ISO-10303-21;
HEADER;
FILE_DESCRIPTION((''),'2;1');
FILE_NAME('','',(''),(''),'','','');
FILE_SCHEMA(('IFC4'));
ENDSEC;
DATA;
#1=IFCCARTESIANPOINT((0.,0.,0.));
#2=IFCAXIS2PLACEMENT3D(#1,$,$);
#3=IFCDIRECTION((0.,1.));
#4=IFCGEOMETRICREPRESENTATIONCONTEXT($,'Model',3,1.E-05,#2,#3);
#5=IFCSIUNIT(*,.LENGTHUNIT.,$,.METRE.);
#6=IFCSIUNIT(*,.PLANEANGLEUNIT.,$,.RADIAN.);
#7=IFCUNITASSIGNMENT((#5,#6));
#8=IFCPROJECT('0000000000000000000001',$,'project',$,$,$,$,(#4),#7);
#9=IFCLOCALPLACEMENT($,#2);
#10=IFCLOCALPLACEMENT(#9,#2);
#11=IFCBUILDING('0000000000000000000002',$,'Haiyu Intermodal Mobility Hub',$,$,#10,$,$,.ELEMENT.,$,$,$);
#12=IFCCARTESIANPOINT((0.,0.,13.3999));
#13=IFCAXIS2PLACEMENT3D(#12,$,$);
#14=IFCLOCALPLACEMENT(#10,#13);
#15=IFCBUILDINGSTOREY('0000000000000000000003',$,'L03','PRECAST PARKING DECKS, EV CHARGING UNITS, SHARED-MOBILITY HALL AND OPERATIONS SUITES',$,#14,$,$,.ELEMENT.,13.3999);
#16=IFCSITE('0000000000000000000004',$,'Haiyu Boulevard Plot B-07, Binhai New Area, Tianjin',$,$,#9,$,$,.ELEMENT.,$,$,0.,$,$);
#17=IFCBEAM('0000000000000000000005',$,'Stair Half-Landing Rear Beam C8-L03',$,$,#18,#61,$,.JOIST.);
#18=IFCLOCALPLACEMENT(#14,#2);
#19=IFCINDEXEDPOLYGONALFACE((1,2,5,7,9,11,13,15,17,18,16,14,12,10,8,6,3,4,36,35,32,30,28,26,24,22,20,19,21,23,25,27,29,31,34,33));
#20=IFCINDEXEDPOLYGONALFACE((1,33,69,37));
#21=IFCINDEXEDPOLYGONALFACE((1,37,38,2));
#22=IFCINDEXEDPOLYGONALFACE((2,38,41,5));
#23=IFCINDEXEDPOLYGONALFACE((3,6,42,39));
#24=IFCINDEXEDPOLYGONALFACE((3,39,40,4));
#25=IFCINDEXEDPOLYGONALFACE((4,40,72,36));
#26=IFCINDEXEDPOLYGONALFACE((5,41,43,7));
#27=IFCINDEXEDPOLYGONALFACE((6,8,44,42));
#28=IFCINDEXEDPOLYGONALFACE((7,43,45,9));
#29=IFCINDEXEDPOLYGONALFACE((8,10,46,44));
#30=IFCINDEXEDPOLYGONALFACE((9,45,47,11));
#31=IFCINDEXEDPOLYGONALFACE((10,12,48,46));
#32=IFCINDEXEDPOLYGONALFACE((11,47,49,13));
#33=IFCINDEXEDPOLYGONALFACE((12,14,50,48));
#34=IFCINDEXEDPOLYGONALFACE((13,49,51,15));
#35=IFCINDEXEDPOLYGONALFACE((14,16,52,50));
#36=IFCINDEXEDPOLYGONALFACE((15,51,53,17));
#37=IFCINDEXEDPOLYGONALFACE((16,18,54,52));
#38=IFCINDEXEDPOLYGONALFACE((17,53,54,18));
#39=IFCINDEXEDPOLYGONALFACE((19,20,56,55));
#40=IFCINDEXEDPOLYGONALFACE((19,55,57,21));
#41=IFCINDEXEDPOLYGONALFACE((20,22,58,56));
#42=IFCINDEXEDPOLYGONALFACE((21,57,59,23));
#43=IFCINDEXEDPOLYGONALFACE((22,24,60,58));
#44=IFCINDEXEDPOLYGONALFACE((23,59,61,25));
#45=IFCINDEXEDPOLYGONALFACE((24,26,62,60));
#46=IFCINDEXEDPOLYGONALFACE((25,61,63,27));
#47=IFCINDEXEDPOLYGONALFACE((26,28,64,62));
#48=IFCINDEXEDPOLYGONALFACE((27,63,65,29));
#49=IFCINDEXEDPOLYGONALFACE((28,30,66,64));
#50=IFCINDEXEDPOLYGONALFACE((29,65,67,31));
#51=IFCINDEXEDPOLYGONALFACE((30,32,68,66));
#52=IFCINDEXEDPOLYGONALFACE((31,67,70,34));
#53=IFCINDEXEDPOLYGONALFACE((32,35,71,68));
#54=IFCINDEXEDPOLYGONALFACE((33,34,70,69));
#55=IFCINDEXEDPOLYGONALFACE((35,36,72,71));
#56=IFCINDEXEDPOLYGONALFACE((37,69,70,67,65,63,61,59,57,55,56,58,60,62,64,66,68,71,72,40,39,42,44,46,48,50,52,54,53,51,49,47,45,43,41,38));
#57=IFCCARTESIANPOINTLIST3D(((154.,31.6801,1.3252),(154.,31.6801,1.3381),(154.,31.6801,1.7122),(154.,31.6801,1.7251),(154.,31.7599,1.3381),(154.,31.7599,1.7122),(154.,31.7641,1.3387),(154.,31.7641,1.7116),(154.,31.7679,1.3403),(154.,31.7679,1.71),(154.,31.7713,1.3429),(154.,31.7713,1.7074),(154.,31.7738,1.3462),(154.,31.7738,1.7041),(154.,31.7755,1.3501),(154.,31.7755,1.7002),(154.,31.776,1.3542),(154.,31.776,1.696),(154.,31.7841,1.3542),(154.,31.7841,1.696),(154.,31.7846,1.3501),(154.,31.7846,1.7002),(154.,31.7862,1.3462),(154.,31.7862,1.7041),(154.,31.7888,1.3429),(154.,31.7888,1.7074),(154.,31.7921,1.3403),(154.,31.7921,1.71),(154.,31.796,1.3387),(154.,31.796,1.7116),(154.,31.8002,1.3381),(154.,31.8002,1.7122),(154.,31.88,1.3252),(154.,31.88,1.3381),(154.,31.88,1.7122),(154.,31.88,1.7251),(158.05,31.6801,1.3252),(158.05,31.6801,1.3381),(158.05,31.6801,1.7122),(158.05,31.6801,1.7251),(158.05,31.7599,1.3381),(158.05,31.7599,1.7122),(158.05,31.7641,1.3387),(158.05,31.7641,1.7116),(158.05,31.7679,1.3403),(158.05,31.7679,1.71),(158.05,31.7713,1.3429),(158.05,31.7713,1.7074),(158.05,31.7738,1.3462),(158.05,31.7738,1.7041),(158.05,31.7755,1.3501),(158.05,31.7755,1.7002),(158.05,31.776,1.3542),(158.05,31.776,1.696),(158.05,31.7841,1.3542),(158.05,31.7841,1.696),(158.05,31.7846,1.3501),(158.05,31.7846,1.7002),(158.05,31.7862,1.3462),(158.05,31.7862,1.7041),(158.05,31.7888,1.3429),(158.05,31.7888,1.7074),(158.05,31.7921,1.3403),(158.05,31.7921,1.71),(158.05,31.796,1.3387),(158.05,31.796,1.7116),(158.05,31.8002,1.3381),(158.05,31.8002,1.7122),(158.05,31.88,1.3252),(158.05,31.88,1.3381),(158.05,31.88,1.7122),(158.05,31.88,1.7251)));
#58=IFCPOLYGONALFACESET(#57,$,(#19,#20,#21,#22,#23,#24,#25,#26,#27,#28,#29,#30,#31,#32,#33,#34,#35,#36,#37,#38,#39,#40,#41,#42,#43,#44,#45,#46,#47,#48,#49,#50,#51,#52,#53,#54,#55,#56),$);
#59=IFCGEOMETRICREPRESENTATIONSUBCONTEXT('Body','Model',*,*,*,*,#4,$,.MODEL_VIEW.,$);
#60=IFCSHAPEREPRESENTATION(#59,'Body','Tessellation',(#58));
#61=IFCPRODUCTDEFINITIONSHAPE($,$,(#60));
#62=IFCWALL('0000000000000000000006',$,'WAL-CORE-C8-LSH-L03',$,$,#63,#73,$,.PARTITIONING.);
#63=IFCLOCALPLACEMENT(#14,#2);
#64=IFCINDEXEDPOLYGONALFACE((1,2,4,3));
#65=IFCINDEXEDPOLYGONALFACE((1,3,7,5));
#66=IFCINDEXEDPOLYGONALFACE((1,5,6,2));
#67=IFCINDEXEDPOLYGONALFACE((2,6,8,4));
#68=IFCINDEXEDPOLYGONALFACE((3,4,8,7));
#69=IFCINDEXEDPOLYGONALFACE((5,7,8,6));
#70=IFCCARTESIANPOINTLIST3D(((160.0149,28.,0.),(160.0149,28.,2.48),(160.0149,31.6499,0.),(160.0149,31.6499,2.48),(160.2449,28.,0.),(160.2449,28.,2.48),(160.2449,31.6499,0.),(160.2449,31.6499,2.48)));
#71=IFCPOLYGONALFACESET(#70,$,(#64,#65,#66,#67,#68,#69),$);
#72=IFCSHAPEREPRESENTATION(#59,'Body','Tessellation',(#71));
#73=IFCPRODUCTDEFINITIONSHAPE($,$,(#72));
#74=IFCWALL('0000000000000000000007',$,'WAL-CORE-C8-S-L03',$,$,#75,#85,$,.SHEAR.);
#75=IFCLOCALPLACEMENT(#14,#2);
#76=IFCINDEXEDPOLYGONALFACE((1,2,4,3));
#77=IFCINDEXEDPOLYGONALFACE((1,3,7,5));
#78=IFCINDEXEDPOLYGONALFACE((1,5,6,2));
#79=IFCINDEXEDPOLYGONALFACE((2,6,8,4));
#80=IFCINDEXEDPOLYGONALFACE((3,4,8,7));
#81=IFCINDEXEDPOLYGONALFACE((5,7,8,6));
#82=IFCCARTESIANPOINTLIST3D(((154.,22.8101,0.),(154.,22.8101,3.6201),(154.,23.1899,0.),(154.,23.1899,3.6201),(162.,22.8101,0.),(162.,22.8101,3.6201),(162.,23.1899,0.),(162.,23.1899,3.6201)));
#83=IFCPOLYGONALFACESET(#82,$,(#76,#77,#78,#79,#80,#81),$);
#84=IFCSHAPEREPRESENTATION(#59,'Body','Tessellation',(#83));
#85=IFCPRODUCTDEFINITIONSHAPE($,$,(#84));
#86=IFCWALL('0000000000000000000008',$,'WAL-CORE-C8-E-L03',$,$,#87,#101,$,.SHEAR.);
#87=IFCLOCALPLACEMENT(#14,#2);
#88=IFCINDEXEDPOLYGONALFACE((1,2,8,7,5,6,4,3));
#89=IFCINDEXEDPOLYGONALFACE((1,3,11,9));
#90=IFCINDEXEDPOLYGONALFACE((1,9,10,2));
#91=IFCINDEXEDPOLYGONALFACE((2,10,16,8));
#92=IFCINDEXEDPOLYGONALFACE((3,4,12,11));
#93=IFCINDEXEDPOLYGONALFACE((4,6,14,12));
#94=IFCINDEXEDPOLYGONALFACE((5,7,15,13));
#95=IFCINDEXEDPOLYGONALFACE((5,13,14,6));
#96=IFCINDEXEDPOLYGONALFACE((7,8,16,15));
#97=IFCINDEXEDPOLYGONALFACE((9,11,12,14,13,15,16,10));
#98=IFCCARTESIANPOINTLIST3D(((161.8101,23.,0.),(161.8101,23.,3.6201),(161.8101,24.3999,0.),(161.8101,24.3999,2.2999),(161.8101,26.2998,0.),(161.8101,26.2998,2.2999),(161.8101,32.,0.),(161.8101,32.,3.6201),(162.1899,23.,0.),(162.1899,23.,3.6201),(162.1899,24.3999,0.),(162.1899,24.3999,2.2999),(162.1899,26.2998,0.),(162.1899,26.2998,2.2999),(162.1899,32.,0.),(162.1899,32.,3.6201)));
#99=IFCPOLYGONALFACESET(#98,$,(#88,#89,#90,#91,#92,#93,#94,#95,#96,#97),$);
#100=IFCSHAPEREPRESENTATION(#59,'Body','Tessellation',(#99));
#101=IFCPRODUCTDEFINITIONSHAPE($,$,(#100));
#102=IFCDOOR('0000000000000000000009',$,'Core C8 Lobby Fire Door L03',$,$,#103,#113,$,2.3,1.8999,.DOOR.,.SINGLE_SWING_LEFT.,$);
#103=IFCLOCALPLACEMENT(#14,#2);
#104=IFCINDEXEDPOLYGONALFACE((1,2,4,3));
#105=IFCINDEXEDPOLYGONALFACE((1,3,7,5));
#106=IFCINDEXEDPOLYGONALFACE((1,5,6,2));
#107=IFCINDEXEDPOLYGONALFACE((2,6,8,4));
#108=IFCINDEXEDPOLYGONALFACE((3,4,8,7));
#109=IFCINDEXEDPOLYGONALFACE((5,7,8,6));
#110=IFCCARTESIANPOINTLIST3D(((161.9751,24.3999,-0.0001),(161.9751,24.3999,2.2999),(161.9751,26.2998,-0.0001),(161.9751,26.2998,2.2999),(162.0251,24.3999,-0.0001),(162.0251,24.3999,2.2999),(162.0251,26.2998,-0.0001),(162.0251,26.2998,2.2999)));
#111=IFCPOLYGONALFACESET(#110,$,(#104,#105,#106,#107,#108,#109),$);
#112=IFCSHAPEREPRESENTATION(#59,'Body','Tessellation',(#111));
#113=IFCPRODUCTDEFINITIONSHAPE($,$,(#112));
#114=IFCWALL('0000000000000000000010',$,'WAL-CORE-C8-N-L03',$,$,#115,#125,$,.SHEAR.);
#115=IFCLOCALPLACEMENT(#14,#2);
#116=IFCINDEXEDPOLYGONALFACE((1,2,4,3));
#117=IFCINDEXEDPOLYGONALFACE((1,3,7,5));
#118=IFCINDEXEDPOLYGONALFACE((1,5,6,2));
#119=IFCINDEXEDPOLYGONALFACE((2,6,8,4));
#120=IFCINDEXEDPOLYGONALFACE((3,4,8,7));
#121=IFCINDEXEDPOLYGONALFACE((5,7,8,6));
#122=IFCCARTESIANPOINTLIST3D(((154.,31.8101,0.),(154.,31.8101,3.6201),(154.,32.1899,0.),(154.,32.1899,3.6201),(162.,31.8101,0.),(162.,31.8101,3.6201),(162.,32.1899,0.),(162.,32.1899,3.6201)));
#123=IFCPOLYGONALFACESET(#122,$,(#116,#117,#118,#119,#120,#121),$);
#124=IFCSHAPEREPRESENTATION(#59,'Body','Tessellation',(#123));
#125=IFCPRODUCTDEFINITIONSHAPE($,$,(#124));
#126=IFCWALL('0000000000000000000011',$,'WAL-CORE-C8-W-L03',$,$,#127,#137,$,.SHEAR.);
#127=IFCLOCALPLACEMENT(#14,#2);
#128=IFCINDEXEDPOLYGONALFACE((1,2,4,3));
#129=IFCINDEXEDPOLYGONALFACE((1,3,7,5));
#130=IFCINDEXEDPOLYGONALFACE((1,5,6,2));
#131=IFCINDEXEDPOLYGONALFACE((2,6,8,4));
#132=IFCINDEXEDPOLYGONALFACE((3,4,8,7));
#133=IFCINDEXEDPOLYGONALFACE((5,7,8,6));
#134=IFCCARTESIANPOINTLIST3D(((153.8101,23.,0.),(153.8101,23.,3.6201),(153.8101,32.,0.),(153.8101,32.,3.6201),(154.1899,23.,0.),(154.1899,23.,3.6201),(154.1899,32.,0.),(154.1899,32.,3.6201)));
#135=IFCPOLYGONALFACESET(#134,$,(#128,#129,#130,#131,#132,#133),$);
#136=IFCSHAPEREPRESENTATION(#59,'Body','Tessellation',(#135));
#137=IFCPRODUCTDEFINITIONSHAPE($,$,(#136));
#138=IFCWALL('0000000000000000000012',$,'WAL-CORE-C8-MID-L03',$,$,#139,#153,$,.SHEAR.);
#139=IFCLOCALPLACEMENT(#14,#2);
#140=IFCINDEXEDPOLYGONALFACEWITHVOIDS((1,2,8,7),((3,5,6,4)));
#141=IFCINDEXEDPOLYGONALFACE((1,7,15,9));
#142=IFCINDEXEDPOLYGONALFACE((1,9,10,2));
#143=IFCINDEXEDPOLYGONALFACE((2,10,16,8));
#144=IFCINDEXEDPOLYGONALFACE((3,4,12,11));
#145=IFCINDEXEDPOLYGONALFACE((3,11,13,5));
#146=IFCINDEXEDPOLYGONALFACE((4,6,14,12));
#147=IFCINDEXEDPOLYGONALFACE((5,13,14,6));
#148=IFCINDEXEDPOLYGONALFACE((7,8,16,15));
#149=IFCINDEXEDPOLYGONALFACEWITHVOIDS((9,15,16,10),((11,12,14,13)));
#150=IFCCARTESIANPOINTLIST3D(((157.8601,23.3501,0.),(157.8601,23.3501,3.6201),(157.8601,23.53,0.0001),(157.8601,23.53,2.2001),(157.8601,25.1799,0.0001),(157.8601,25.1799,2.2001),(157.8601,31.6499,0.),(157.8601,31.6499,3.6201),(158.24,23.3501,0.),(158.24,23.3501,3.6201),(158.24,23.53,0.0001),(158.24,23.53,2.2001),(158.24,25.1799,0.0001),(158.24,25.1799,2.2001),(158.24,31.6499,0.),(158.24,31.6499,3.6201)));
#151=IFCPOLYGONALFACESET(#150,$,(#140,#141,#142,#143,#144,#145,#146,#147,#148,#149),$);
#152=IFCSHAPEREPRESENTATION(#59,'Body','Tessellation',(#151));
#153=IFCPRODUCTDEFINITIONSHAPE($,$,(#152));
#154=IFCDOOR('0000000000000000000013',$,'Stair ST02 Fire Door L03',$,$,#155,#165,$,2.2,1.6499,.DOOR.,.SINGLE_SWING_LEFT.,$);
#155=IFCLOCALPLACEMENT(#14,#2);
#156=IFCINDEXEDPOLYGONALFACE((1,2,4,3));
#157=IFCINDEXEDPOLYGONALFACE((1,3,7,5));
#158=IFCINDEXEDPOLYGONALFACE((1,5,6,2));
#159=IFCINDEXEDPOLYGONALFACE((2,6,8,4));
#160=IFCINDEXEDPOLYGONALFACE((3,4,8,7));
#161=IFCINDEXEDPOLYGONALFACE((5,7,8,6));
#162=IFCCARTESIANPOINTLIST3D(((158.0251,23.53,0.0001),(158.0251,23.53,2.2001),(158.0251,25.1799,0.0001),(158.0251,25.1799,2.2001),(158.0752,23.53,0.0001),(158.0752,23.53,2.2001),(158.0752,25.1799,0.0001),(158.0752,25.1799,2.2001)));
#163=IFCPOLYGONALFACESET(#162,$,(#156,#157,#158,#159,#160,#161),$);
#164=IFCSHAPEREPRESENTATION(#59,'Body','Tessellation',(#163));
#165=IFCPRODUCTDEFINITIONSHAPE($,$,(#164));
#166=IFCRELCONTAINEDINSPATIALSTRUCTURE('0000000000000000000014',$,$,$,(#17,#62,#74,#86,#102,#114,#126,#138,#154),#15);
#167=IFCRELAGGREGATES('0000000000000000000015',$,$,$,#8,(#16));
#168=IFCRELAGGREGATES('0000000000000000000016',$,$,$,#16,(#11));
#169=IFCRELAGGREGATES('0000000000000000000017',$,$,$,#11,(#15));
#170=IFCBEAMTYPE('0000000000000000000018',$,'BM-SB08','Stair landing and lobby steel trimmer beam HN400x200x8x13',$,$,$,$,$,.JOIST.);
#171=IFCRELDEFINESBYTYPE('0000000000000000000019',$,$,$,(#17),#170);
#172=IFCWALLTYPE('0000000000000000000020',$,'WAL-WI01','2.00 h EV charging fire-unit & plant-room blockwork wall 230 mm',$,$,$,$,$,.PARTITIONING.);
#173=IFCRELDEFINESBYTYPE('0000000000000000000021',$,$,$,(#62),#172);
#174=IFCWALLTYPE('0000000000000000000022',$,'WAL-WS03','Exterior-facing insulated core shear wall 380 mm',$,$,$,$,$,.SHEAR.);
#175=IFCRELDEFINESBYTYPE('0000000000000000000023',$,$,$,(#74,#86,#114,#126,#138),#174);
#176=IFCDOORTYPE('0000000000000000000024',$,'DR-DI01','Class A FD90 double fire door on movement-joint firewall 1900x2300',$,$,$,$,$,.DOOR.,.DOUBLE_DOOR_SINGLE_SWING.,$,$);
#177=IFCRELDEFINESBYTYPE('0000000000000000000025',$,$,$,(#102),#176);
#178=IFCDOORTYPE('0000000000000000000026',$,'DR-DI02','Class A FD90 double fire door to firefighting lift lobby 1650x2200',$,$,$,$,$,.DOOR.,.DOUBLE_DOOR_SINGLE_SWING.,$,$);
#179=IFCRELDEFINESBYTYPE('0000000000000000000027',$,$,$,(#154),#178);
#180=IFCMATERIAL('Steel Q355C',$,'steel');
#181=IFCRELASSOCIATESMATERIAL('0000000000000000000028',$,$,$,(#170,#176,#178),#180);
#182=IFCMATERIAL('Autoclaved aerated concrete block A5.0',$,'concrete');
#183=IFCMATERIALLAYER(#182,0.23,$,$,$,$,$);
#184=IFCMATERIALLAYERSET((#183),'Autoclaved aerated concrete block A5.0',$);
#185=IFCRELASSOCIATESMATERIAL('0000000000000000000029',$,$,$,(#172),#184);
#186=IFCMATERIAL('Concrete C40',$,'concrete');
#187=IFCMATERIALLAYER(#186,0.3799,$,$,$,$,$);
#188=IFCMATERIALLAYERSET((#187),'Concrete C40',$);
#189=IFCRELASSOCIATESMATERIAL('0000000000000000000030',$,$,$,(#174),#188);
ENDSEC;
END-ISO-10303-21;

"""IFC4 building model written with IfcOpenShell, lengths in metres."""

from ifc_helpers import new_model, si_unit, direction, frame, frame_2d, origin, origin_2d, place, context, subcontext, project, spatial, rectangle, i_section, extrude, material, layer, layer_set, material_profile, profile_set, type_object, element, fill, save


model = new_model("IFC4")

# Units and contexts
model_context = context("Model", 3, precision=1e-05, world=origin(), true_north=direction((0.0, 1.0)))
body_context = subcontext(model_context, "Body", "Model", "MODEL_VIEW")
ifc_project = project(units=[si_unit("LENGTHUNIT", "METRE"), si_unit("PLANEANGLEUNIT", "RADIAN")], contexts=[model_context])

# Site, building, storey
site_placement = place(None, origin())
site = spatial("IfcSite", under=ifc_project, at=site_placement, Name="Haiyu Boulevard Plot B-07, Binhai New Area, Tianjin", CompositionType="ELEMENT", RefElevation=0.0)
building_placement = place(site_placement, origin())
building = spatial("IfcBuilding", under=site, at=building_placement, Name="Haiyu Intermodal Mobility Hub", CompositionType="ELEMENT")
storey_placement = place(building_placement, frame((0.0, 0.0, 13.3999)))
storey = spatial("IfcBuildingStorey", under=building, at=storey_placement, Name="L03", Description="PRECAST PARKING DECKS, EV CHARGING UNITS, SHARED-MOBILITY HALL AND OPERATIONS SUITES", CompositionType="ELEMENT", Elevation=13.3999)

# Shared definitions
ifc_material_1 = material(Name="Concrete C40", Category="concrete")

# Beam
ifc_material_2 = material(Name="Steel Q355C", Category="steel")
ifc_material_profile_1 = material_profile(ifc_material_2, i_section(OverallWidth=0.2, OverallDepth=0.3999, WebThickness=0.0081, FlangeThickness=0.0129, FilletRadius=0.0161, at=origin_2d()), Name="HN400x200x8x13")
ifc_profile_set_1 = profile_set([ifc_material_profile_1], Name="Steel Q355C")
beam_type_1 = type_object("IfcBeamType", Name="BM-SB08", Description="Stair landing and lobby steel trimmer beam HN400x200x8x13", PredefinedType="JOIST", material=ifc_profile_set_1)
for number, where, z_axis, x_axis, name in (
    (1, (154.0, 31.78, 1.5251), (1.0, 0.0, 0.0), (0.0, 1.0, 0.0), "Stair Half-Landing Rear Beam C8-L03"),
):
    element("IfcBeam", number, at=place(storey_placement, frame(where, z_axis=z_axis, x_axis=x_axis)), inside=storey, type_object=beam_type_1, Name=name, PredefinedType="JOIST", context=body_context, shape_type="SweptSolid", body=[
        extrude(i_section(OverallWidth=0.2, OverallDepth=0.3999, WebThickness=0.0081, FlangeThickness=0.0129, FilletRadius=0.0161, at=origin_2d()), origin(), (0.0, 0.0, 1.0), 4.05),
    ])

# Wall
ifc_material_3 = material(Name="Autoclaved aerated concrete block A5.0", Category="concrete")
ifc_layer_1 = layer(ifc_material_3, 0.23)
ifc_layer_set_1 = layer_set([ifc_layer_1], Name="Autoclaved aerated concrete block A5.0")
wall_type_1 = type_object("IfcWallType", Name="WAL-WI01", Description="2.00 h EV charging fire-unit & plant-room blockwork wall 230 mm", PredefinedType="PARTITIONING", material=ifc_layer_set_1)
wall_1_placement = place(storey_placement, frame((160.1299, 28.0, 0.0), z_axis=(0.0, 0.0, 1.0), x_axis=(0.0, 1.0, 0.0)))
element("IfcWall", 2, at=wall_1_placement, inside=storey, type_object=wall_type_1, Name="WAL-CORE-C8-LSH-L03", PredefinedType="PARTITIONING", context=body_context, shape_type="SweptSolid", body=[
    extrude(rectangle(XDim=3.6499, YDim=0.23, at=frame_2d((1.825, 0.0))), origin(), (0.0, 0.0, 1.0), 2.48),
])

# Wall
ifc_layer_2 = layer(ifc_material_1, 0.3799)
ifc_layer_set_2 = layer_set([ifc_layer_2], Name="Concrete C40")
wall_type_2 = type_object("IfcWallType", Name="WAL-WS03", Description="Exterior-facing insulated core shear wall 380 mm", PredefinedType="SHEAR", material=ifc_layer_set_2)
wall_2_placement = place(storey_placement, frame((154.0, 23.0, 0.0), z_axis=(0.0, 0.0, 1.0), x_axis=(1.0, 0.0, 0.0)))
element("IfcWall", 3, at=wall_2_placement, inside=storey, type_object=wall_type_2, Name="WAL-CORE-C8-S-L03", PredefinedType="SHEAR", context=body_context, shape_type="SweptSolid", body=[
    extrude(rectangle(XDim=8.0, YDim=0.3799, at=frame_2d((4.0, 0.0))), origin(), (0.0, 0.0, 1.0), 3.6201),
])

# Wall, opening, door
wall_3_placement = place(storey_placement, frame((162.0, 23.0, 0.0), z_axis=(0.0, 0.0, 1.0), x_axis=(0.0, 1.0, 0.0)))
wall_3 = element("IfcWall", 4, at=wall_3_placement, inside=storey, type_object=wall_type_2, Name="WAL-CORE-C8-E-L03", PredefinedType="SHEAR", context=body_context, shape_type="SweptSolid", body=[
    extrude(rectangle(XDim=9.0, YDim=0.3799, at=frame_2d((4.5, 0.0))), origin(), (0.0, 0.0, 1.0), 3.6201),
])
opening_1_placement = place(wall_3_placement, frame((1.3999, 0.0, 0.0)))
opening_1 = element("IfcOpeningElement", 5, at=opening_1_placement, cuts=wall_3, PredefinedType="OPENING", context=body_context, shape_type="SweptSolid", body=[
    extrude(rectangle(XDim=1.8999, YDim=2.3, at=frame_2d((0.95, 1.1499))), frame((0.0, 0.2, 0.0), z_axis=(0.0, -1.0, 0.0), x_axis=(1.0, 0.0, 0.0)), (0.0, 0.0, 1.0), 0.3999),
])
door_type_1 = type_object("IfcDoorType", Name="DR-DI01", Description="Class A FD90 double fire door on movement-joint firewall 1900x2300", OperationType="DOUBLE_DOOR_SINGLE_SWING", PredefinedType="DOOR", material=ifc_material_2)
door_1_placement = place(opening_1_placement, origin())
door_1 = element("IfcDoor", 6, at=door_1_placement, inside=storey, type_object=door_type_1, Name="Core C8 Lobby Fire Door L03", OperationType="SINGLE_SWING_LEFT", OverallHeight=2.3, OverallWidth=1.8999, PredefinedType="DOOR", context=body_context, shape_type="SweptSolid", body=[
    extrude(rectangle(XDim=1.8999, YDim=2.3, at=frame_2d((0.95, 1.1499))), frame((0.0, 0.0249, 0.0), z_axis=(0.0, -1.0, 0.0), x_axis=(1.0, 0.0, 0.0)), (0.0, 0.0, 1.0), 0.05),
])
fill(opening_1, door_1)

# Walls
wall_4_placement = place(storey_placement, frame((162.0, 32.0, 0.0), z_axis=(0.0, 0.0, 1.0), x_axis=(-1.0, 0.0, 0.0)))
element("IfcWall", 7, at=wall_4_placement, inside=storey, type_object=wall_type_2, Name="WAL-CORE-C8-N-L03", PredefinedType="SHEAR", context=body_context, shape_type="SweptSolid", body=[
    extrude(rectangle(XDim=8.0, YDim=0.3799, at=frame_2d((4.0, 0.0))), origin(), (0.0, 0.0, 1.0), 3.6201),
])
wall_5_placement = place(storey_placement, frame((154.0, 32.0, 0.0), z_axis=(0.0, 0.0, 1.0), x_axis=(0.0, -1.0, 0.0)))
element("IfcWall", 8, at=wall_5_placement, inside=storey, type_object=wall_type_2, Name="WAL-CORE-C8-W-L03", PredefinedType="SHEAR", context=body_context, shape_type="SweptSolid", body=[
    extrude(rectangle(XDim=9.0, YDim=0.3799, at=frame_2d((4.5, 0.0))), origin(), (0.0, 0.0, 1.0), 3.6201),
])

# Wall, opening, door
wall_6_placement = place(storey_placement, frame((158.05, 23.3501, 0.0), z_axis=(0.0, 0.0, 1.0), x_axis=(0.0, 1.0, 0.0)))
wall_6 = element("IfcWall", 9, at=wall_6_placement, inside=storey, type_object=wall_type_2, Name="WAL-CORE-C8-MID-L03", PredefinedType="SHEAR", context=body_context, shape_type="SweptSolid", body=[
    extrude(rectangle(XDim=8.2998, YDim=0.3799, at=frame_2d((4.1499, 0.0))), origin(), (0.0, 0.0, 1.0), 3.6201),
])
opening_2_placement = place(wall_6_placement, frame((0.1799, 0.0, 0.0)))
opening_2 = element("IfcOpeningElement", 10, at=opening_2_placement, cuts=wall_6, PredefinedType="OPENING", context=body_context, shape_type="SweptSolid", body=[
    extrude(rectangle(XDim=1.6499, YDim=2.2, at=frame_2d((0.825, 1.1001))), frame((0.0, 0.2, 0.0), z_axis=(0.0, -1.0, 0.0), x_axis=(1.0, 0.0, 0.0)), (0.0, 0.0, 1.0), 0.3999),
])
door_type_2 = type_object("IfcDoorType", Name="DR-DI02", Description="Class A FD90 double fire door to firefighting lift lobby 1650x2200", OperationType="DOUBLE_DOOR_SINGLE_SWING", PredefinedType="DOOR", material=ifc_material_2)
door_2_placement = place(opening_2_placement, origin())
door_2 = element("IfcDoor", 11, at=door_2_placement, inside=storey, type_object=door_type_2, Name="Stair ST02 Fire Door L03", OperationType="SINGLE_SWING_LEFT", OverallHeight=2.2, OverallWidth=1.6499, PredefinedType="DOOR", context=body_context, shape_type="SweptSolid", body=[
    extrude(rectangle(XDim=1.6499, YDim=2.2, at=frame_2d((0.825, 1.1001))), frame((0.0, 0.0249, 0.0), z_axis=(0.0, -1.0, 0.0), x_axis=(1.0, 0.0, 0.0)), (0.0, 0.0, 1.0), 0.05),
])
fill(opening_2, door_2)

save(model, "model.ifc")
